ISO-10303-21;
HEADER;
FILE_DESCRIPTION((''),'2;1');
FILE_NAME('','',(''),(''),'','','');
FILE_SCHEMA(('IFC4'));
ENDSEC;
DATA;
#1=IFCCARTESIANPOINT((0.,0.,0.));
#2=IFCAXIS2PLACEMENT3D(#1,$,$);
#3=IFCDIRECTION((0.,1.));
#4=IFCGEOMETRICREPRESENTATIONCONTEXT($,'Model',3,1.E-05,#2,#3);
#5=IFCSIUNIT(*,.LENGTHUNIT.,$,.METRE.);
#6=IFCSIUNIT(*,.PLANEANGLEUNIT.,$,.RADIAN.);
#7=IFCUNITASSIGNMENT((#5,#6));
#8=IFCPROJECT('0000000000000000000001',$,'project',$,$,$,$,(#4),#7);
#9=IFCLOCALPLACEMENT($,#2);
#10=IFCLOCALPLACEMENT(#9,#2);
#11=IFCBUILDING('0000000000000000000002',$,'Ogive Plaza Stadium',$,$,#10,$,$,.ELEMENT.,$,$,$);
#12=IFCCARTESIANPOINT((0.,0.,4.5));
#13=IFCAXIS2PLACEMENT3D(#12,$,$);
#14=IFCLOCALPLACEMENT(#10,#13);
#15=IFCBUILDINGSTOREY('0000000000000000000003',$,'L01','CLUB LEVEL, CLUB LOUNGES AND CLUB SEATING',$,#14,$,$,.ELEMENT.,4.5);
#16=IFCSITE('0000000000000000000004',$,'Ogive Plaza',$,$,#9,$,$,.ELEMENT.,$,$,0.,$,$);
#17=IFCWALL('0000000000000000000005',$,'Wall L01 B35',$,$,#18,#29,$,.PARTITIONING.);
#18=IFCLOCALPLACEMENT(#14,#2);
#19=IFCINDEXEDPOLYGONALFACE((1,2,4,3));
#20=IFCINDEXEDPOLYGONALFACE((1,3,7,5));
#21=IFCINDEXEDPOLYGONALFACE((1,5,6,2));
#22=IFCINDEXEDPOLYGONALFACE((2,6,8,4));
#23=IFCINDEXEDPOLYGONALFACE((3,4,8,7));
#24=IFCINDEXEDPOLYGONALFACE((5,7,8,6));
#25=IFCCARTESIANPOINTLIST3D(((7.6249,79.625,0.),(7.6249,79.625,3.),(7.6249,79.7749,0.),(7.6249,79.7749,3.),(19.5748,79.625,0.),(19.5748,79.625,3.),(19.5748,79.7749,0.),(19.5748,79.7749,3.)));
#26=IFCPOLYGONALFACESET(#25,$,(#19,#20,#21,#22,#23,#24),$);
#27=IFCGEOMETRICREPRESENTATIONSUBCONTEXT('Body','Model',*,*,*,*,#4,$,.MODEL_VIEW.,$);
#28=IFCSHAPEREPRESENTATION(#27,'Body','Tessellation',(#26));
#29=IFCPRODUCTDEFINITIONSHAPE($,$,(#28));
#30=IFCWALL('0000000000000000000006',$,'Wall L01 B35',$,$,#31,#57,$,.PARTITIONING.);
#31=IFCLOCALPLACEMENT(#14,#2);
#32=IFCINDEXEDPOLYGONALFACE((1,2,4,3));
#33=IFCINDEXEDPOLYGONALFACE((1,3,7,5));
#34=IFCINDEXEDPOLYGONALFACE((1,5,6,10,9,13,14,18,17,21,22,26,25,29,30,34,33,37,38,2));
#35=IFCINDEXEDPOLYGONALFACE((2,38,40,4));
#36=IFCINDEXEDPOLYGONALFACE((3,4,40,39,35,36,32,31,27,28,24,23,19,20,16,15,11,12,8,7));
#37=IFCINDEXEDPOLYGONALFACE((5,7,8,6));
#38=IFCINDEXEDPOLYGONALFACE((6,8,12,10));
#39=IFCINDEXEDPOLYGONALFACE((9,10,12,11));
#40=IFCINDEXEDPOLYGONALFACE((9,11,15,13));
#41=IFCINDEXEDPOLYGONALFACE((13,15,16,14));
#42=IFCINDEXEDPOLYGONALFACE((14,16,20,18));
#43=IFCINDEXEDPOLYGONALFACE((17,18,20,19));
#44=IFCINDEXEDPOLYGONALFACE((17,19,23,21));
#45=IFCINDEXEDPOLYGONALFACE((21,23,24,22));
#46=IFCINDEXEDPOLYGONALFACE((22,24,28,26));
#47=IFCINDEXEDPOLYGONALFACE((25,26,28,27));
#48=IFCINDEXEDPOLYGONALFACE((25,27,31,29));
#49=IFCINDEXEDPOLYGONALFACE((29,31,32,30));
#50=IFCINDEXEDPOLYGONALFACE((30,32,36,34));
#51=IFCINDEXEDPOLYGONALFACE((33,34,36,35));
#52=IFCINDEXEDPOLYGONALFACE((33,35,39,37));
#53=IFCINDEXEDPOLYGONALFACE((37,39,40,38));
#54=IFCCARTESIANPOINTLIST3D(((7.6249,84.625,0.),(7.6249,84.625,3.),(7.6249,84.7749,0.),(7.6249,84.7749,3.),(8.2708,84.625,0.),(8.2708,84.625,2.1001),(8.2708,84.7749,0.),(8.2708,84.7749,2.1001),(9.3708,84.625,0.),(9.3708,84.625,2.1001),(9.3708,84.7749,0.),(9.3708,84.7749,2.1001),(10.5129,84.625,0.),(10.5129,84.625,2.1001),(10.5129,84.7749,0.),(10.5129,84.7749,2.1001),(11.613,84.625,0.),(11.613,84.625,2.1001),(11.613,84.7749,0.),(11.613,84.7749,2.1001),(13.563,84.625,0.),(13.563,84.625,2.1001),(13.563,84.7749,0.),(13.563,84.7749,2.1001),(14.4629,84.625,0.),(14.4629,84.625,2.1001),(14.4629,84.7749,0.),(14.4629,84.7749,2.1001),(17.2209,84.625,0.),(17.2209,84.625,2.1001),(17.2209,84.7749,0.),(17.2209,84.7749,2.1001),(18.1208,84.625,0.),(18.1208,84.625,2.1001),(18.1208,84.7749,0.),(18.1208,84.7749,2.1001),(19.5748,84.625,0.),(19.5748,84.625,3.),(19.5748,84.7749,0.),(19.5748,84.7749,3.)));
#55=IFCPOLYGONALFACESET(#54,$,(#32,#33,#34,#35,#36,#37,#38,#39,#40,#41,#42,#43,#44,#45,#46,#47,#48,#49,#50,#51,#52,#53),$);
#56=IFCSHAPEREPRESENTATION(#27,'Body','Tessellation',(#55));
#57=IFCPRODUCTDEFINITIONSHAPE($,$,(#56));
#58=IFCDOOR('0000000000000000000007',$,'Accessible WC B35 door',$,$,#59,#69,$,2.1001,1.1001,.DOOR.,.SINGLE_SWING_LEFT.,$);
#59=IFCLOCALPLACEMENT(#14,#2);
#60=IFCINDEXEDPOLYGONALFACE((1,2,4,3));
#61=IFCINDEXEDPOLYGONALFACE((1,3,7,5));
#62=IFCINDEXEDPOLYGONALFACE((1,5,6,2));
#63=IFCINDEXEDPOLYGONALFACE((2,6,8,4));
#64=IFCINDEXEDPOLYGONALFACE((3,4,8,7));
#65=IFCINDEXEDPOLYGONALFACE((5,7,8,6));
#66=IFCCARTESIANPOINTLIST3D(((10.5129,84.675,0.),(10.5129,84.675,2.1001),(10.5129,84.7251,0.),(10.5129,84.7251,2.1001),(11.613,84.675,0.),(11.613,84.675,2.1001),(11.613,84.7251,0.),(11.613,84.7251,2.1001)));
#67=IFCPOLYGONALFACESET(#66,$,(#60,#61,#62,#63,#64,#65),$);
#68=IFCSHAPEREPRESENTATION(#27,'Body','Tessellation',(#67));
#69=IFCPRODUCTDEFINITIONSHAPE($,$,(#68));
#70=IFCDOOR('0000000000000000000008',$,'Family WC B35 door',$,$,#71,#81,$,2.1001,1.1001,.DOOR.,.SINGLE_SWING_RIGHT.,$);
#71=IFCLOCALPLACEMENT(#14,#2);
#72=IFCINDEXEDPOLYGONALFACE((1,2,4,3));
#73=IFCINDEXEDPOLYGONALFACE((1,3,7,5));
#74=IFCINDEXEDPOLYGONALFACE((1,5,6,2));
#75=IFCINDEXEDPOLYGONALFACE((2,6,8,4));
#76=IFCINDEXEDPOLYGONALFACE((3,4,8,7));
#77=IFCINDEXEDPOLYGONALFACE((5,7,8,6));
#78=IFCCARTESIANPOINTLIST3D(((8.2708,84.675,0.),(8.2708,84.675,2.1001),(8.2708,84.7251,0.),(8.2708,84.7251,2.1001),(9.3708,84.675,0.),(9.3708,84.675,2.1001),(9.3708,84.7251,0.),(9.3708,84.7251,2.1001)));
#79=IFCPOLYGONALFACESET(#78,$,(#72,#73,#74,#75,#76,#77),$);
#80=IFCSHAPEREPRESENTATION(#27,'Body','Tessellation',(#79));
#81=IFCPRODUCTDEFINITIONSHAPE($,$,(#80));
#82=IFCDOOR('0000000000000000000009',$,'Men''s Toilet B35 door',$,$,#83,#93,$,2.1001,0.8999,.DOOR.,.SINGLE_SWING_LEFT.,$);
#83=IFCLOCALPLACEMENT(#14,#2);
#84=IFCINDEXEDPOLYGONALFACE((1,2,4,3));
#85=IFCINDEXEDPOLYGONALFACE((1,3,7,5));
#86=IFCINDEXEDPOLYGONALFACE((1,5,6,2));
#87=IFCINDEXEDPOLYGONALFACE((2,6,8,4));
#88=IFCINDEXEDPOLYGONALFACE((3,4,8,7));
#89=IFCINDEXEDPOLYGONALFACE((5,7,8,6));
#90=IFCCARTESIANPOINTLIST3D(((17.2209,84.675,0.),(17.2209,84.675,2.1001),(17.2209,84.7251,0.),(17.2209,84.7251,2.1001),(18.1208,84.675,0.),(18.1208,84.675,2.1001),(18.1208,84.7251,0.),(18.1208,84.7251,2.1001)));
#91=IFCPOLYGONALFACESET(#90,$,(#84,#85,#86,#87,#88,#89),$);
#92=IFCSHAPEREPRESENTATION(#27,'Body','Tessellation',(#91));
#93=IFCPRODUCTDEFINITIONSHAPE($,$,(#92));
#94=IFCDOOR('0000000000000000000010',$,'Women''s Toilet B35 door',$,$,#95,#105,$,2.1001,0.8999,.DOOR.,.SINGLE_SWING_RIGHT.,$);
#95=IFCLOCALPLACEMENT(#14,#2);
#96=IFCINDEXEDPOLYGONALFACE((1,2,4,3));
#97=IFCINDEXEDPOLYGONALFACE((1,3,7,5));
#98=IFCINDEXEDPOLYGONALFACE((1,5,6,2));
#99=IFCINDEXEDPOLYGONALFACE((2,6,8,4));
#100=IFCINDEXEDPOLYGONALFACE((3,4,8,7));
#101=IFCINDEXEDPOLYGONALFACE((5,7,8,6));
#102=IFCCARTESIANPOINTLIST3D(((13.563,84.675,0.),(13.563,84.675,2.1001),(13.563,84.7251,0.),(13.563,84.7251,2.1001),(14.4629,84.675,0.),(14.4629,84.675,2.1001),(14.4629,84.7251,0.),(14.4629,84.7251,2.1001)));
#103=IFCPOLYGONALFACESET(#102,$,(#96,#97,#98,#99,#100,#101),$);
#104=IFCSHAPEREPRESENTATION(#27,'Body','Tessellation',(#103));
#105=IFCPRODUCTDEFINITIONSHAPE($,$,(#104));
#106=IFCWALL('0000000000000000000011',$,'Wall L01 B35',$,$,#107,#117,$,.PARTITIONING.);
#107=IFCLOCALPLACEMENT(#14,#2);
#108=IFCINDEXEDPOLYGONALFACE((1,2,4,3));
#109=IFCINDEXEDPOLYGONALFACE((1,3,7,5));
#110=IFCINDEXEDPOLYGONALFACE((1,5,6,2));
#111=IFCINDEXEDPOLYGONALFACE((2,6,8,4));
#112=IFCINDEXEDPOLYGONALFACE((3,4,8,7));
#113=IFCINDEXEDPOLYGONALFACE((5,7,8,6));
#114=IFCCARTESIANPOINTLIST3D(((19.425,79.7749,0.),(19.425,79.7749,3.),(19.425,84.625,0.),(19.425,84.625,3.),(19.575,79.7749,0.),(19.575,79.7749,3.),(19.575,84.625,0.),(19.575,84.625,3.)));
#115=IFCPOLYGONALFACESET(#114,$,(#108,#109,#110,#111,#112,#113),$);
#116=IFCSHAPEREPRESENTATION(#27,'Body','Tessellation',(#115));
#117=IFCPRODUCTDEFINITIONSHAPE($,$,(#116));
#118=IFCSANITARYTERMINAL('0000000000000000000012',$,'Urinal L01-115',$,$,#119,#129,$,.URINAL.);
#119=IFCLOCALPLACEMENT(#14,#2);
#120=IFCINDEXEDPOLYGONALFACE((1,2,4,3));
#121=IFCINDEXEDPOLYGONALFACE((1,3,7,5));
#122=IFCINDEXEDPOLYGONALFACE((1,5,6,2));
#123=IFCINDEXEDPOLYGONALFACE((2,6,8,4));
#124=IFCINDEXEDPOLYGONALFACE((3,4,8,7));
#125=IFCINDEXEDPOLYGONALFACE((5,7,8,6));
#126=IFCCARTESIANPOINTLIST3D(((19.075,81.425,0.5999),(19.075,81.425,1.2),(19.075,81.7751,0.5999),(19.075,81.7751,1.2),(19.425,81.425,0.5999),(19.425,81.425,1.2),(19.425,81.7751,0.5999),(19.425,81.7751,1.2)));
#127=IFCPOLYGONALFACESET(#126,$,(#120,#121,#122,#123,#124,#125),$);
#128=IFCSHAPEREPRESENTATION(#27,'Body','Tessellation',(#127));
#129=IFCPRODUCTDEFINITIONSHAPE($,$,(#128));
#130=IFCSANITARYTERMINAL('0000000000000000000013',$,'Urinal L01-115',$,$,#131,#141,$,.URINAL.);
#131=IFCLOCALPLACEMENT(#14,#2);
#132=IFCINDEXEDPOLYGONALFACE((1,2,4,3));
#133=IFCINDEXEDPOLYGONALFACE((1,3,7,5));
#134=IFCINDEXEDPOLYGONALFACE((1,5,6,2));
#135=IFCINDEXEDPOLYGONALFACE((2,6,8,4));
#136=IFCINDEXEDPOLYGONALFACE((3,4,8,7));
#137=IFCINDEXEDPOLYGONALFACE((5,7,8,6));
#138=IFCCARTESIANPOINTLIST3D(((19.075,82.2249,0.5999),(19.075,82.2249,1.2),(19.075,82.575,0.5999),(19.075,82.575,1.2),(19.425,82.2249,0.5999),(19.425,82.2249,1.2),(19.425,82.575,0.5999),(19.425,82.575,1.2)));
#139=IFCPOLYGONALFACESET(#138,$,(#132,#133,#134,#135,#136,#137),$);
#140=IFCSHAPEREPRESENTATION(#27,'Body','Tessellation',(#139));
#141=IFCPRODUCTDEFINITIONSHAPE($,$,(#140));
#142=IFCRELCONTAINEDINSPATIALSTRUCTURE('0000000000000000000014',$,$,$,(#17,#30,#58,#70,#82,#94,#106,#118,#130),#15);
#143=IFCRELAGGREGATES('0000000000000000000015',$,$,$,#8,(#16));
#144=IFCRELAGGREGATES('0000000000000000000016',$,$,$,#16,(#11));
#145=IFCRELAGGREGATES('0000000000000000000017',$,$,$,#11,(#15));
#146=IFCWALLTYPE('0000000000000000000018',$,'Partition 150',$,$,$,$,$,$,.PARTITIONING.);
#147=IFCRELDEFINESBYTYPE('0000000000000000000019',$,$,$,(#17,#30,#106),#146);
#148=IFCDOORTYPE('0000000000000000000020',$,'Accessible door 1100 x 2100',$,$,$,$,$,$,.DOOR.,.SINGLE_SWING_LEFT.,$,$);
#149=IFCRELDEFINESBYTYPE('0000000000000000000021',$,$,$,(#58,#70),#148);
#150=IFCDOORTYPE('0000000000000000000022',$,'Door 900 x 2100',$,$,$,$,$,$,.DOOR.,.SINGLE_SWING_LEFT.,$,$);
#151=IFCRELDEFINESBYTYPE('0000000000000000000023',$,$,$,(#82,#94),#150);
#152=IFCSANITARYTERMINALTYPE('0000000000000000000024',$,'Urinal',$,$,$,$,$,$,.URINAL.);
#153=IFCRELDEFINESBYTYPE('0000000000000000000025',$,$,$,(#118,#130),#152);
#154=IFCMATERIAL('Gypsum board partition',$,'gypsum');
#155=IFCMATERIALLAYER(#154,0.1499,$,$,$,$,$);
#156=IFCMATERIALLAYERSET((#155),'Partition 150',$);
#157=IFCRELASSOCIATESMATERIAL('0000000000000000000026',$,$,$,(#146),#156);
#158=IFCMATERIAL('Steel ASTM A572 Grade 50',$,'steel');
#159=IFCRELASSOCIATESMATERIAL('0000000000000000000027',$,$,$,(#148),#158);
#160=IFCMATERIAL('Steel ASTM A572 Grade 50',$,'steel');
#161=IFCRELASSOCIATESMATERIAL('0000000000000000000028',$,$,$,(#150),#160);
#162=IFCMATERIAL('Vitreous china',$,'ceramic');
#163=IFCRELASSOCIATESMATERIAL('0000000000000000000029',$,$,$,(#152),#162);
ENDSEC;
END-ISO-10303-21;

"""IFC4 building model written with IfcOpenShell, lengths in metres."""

from ifc_helpers import new_model, si_unit, direction, frame, frame_2d, origin, origin_2d, place, context, subcontext, project, spatial, rectangle, extrude, material, layer, layer_set, type_object, element, fill, save


model = new_model("IFC4")

# Units and contexts
model_context = context("Model", 3, precision=1e-05, world=origin(), true_north=direction((0.0, 1.0)))
body_context = subcontext(model_context, "Body", "Model", "MODEL_VIEW")
ifc_project = project(units=[si_unit("LENGTHUNIT", "METRE"), si_unit("PLANEANGLEUNIT", "RADIAN")], contexts=[model_context])

# Site, building, storey
site_placement = place(None, origin())
site = spatial("IfcSite", under=ifc_project, at=site_placement, Name="Ogive Plaza", CompositionType="ELEMENT", RefElevation=0.0)
building_placement = place(site_placement, origin())
building = spatial("IfcBuilding", under=site, at=building_placement, Name="Ogive Plaza Stadium", CompositionType="ELEMENT")
storey_placement = place(building_placement, frame((0.0, 0.0, 4.5)))
storey = spatial("IfcBuildingStorey", under=building, at=storey_placement, Name="L01", Description="CLUB LEVEL, CLUB LOUNGES AND CLUB SEATING", CompositionType="ELEMENT", Elevation=4.5)

# Wall
ifc_material_1 = material(Name="Gypsum board partition", Category="gypsum")
ifc_layer_1 = layer(ifc_material_1, 0.1499)
ifc_layer_set_1 = layer_set([ifc_layer_1], Name="Partition 150")
wall_type_1 = type_object("IfcWallType", Name="Partition 150", PredefinedType="PARTITIONING", material=ifc_layer_set_1)
wall_1_placement = place(storey_placement, frame((19.575, 79.7, 0.0), z_axis=(0.0, 0.0, 1.0), x_axis=(-1.0, 0.0, 0.0)))
element("IfcWall", 1, at=wall_1_placement, inside=storey, type_object=wall_type_1, Name="Wall L01 B35", PredefinedType="PARTITIONING", context=body_context, shape_type="SweptSolid", body=[
    extrude(rectangle(XDim=11.95, YDim=0.1499, at=frame_2d((5.9751, 0.0))), origin(), (0.0, 0.0, 1.0), 3.0),
])

# Wall, openings, doors
wall_2_placement = place(storey_placement, frame((19.575, 84.7, 0.0), z_axis=(0.0, 0.0, 1.0), x_axis=(-1.0, 0.0, 0.0)))
wall_2 = element("IfcWall", 2, at=wall_2_placement, inside=storey, type_object=wall_type_1, Name="Wall L01 B35", PredefinedType="PARTITIONING", context=body_context, shape_type="SweptSolid", body=[
    extrude(rectangle(XDim=11.95, YDim=0.1499, at=frame_2d((5.9751, 0.0))), origin(), (0.0, 0.0, 1.0), 3.0),
])
opening_1_placement = place(wall_2_placement, frame((1.4541, 0.0, 0.0)))
opening_1 = element("IfcOpeningElement", 3, at=opening_1_placement, cuts=wall_2, PredefinedType="OPENING", context=body_context, shape_type="SweptSolid", body=[
    extrude(rectangle(XDim=0.8999, YDim=2.1001, at=frame_2d((0.45, 1.05))), frame((0.0, 0.075, 0.0), z_axis=(0.0, -1.0, 0.0), x_axis=(1.0, 0.0, 0.0)), (0.0, 0.0, 1.0), 0.1499),
])
opening_2_placement = place(wall_2_placement, frame((5.1121, 0.0, 0.0)))
opening_2 = element("IfcOpeningElement", 4, at=opening_2_placement, cuts=wall_2, PredefinedType="OPENING", context=body_context, shape_type="SweptSolid", body=[
    extrude(rectangle(XDim=0.8999, YDim=2.1001, at=frame_2d((0.45, 1.05))), frame((0.0, 0.075, 0.0), z_axis=(0.0, -1.0, 0.0), x_axis=(1.0, 0.0, 0.0)), (0.0, 0.0, 1.0), 0.1499),
])
opening_3_placement = place(wall_2_placement, frame((7.9619, 0.0, 0.0)))
opening_3 = element("IfcOpeningElement", 5, at=opening_3_placement, cuts=wall_2, PredefinedType="OPENING", context=body_context, shape_type="SweptSolid", body=[
    extrude(rectangle(XDim=1.1001, YDim=2.1001, at=frame_2d((0.55, 1.05))), frame((0.0, 0.075, 0.0), z_axis=(0.0, -1.0, 0.0), x_axis=(1.0, 0.0, 0.0)), (0.0, 0.0, 1.0), 0.1499),
])
opening_4_placement = place(wall_2_placement, frame((10.2041, 0.0, 0.0)))
opening_4 = element("IfcOpeningElement", 6, at=opening_4_placement, cuts=wall_2, PredefinedType="OPENING", context=body_context, shape_type="SweptSolid", body=[
    extrude(rectangle(XDim=1.1001, YDim=2.1001, at=frame_2d((0.55, 1.05))), frame((0.0, 0.075, 0.0), z_axis=(0.0, -1.0, 0.0), x_axis=(1.0, 0.0, 0.0)), (0.0, 0.0, 1.0), 0.1499),
])
ifc_material_2 = material(Name="Steel ASTM A572 Grade 50", Category="steel")
door_type_1 = type_object("IfcDoorType", Name="Accessible door 1100 x 2100", OperationType="SINGLE_SWING_LEFT", PredefinedType="DOOR", material=ifc_material_2)
door_1_placement = place(opening_3_placement, origin())
door_1 = element("IfcDoor", 7, at=door_1_placement, inside=storey, type_object=door_type_1, Name="Accessible WC B35 door", OperationType="SINGLE_SWING_LEFT", OverallHeight=2.1001, OverallWidth=1.1001, PredefinedType="DOOR", context=body_context, shape_type="SweptSolid", body=[
    extrude(rectangle(XDim=1.1001, YDim=2.1001, at=frame_2d((0.55, 1.05))), frame((0.0, 0.0249, 0.0), z_axis=(0.0, -1.0, 0.0), x_axis=(1.0, 0.0, 0.0)), (0.0, 0.0, 1.0), 0.05),
])
fill(opening_3, door_1)
door_2_placement = place(opening_4_placement, origin())
door_2 = element("IfcDoor", 8, at=door_2_placement, inside=storey, type_object=door_type_1, Name="Family WC B35 door", OperationType="SINGLE_SWING_RIGHT", OverallHeight=2.1001, OverallWidth=1.1001, PredefinedType="DOOR", context=body_context, shape_type="SweptSolid", body=[
    extrude(rectangle(XDim=1.1001, YDim=2.1001, at=frame_2d((0.55, 1.05))), frame((0.0, 0.0249, 0.0), z_axis=(0.0, -1.0, 0.0), x_axis=(1.0, 0.0, 0.0)), (0.0, 0.0, 1.0), 0.05),
])
fill(opening_4, door_2)
ifc_material_3 = material(Name="Steel ASTM A572 Grade 50", Category="steel")
door_type_2 = type_object("IfcDoorType", Name="Door 900 x 2100", OperationType="SINGLE_SWING_LEFT", PredefinedType="DOOR", material=ifc_material_3)
door_3_placement = place(opening_1_placement, origin())
door_3 = element("IfcDoor", 9, at=door_3_placement, inside=storey, type_object=door_type_2, Name="Men's Toilet B35 door", OperationType="SINGLE_SWING_LEFT", OverallHeight=2.1001, OverallWidth=0.8999, PredefinedType="DOOR", context=body_context, shape_type="SweptSolid", body=[
    extrude(rectangle(XDim=0.8999, YDim=2.1001, at=frame_2d((0.45, 1.05))), frame((0.0, 0.0249, 0.0), z_axis=(0.0, -1.0, 0.0), x_axis=(1.0, 0.0, 0.0)), (0.0, 0.0, 1.0), 0.05),
])
fill(opening_1, door_3)
door_4_placement = place(opening_2_placement, origin())
door_4 = element("IfcDoor", 10, at=door_4_placement, inside=storey, type_object=door_type_2, Name="Women's Toilet B35 door", OperationType="SINGLE_SWING_RIGHT", OverallHeight=2.1001, OverallWidth=0.8999, PredefinedType="DOOR", context=body_context, shape_type="SweptSolid", body=[
    extrude(rectangle(XDim=0.8999, YDim=2.1001, at=frame_2d((0.45, 1.05))), frame((0.0, 0.0249, 0.0), z_axis=(0.0, -1.0, 0.0), x_axis=(1.0, 0.0, 0.0)), (0.0, 0.0, 1.0), 0.05),
])
fill(opening_2, door_4)

# Wall
wall_3_placement = place(storey_placement, frame((19.5, 79.7749, 0.0), z_axis=(0.0, 0.0, 1.0), x_axis=(0.0, 1.0, 0.0)))
element("IfcWall", 11, at=wall_3_placement, inside=storey, type_object=wall_type_1, Name="Wall L01 B35", PredefinedType="PARTITIONING", context=body_context, shape_type="SweptSolid", body=[
    extrude(rectangle(XDim=4.8501, YDim=0.1499, at=frame_2d((2.425, 0.0))), origin(), (0.0, 0.0, 1.0), 3.0),
])

# Sanitary terminals
ifc_material_4 = material(Name="Vitreous china", Category="ceramic")
sanitary_terminal_type = type_object("IfcSanitaryTerminalType", Name="Urinal", PredefinedType="URINAL", material=ifc_material_4)
for number, where, z_axis, x_axis, name in (
    (12, (19.25, 81.6001, 0.5999), (0.0, 0.0, 1.0), (0.0, 1.0, 0.0), "Urinal L01-115"),
    (13, (19.25, 82.3999, 0.5999), (0.0, 0.0, 1.0), (0.0, 1.0, 0.0), "Urinal L01-115"),
):
    element("IfcSanitaryTerminal", number, at=place(storey_placement, frame(where, z_axis=z_axis, x_axis=x_axis)), inside=storey, type_object=sanitary_terminal_type, Name=name, PredefinedType="URINAL", context=body_context, shape_type="SweptSolid", body=[
        extrude(rectangle(XDim=0.3501, YDim=0.3501, at=origin_2d()), origin(), (0.0, 0.0, 1.0), 0.6001),
    ])

save(model, "model.ifc")
